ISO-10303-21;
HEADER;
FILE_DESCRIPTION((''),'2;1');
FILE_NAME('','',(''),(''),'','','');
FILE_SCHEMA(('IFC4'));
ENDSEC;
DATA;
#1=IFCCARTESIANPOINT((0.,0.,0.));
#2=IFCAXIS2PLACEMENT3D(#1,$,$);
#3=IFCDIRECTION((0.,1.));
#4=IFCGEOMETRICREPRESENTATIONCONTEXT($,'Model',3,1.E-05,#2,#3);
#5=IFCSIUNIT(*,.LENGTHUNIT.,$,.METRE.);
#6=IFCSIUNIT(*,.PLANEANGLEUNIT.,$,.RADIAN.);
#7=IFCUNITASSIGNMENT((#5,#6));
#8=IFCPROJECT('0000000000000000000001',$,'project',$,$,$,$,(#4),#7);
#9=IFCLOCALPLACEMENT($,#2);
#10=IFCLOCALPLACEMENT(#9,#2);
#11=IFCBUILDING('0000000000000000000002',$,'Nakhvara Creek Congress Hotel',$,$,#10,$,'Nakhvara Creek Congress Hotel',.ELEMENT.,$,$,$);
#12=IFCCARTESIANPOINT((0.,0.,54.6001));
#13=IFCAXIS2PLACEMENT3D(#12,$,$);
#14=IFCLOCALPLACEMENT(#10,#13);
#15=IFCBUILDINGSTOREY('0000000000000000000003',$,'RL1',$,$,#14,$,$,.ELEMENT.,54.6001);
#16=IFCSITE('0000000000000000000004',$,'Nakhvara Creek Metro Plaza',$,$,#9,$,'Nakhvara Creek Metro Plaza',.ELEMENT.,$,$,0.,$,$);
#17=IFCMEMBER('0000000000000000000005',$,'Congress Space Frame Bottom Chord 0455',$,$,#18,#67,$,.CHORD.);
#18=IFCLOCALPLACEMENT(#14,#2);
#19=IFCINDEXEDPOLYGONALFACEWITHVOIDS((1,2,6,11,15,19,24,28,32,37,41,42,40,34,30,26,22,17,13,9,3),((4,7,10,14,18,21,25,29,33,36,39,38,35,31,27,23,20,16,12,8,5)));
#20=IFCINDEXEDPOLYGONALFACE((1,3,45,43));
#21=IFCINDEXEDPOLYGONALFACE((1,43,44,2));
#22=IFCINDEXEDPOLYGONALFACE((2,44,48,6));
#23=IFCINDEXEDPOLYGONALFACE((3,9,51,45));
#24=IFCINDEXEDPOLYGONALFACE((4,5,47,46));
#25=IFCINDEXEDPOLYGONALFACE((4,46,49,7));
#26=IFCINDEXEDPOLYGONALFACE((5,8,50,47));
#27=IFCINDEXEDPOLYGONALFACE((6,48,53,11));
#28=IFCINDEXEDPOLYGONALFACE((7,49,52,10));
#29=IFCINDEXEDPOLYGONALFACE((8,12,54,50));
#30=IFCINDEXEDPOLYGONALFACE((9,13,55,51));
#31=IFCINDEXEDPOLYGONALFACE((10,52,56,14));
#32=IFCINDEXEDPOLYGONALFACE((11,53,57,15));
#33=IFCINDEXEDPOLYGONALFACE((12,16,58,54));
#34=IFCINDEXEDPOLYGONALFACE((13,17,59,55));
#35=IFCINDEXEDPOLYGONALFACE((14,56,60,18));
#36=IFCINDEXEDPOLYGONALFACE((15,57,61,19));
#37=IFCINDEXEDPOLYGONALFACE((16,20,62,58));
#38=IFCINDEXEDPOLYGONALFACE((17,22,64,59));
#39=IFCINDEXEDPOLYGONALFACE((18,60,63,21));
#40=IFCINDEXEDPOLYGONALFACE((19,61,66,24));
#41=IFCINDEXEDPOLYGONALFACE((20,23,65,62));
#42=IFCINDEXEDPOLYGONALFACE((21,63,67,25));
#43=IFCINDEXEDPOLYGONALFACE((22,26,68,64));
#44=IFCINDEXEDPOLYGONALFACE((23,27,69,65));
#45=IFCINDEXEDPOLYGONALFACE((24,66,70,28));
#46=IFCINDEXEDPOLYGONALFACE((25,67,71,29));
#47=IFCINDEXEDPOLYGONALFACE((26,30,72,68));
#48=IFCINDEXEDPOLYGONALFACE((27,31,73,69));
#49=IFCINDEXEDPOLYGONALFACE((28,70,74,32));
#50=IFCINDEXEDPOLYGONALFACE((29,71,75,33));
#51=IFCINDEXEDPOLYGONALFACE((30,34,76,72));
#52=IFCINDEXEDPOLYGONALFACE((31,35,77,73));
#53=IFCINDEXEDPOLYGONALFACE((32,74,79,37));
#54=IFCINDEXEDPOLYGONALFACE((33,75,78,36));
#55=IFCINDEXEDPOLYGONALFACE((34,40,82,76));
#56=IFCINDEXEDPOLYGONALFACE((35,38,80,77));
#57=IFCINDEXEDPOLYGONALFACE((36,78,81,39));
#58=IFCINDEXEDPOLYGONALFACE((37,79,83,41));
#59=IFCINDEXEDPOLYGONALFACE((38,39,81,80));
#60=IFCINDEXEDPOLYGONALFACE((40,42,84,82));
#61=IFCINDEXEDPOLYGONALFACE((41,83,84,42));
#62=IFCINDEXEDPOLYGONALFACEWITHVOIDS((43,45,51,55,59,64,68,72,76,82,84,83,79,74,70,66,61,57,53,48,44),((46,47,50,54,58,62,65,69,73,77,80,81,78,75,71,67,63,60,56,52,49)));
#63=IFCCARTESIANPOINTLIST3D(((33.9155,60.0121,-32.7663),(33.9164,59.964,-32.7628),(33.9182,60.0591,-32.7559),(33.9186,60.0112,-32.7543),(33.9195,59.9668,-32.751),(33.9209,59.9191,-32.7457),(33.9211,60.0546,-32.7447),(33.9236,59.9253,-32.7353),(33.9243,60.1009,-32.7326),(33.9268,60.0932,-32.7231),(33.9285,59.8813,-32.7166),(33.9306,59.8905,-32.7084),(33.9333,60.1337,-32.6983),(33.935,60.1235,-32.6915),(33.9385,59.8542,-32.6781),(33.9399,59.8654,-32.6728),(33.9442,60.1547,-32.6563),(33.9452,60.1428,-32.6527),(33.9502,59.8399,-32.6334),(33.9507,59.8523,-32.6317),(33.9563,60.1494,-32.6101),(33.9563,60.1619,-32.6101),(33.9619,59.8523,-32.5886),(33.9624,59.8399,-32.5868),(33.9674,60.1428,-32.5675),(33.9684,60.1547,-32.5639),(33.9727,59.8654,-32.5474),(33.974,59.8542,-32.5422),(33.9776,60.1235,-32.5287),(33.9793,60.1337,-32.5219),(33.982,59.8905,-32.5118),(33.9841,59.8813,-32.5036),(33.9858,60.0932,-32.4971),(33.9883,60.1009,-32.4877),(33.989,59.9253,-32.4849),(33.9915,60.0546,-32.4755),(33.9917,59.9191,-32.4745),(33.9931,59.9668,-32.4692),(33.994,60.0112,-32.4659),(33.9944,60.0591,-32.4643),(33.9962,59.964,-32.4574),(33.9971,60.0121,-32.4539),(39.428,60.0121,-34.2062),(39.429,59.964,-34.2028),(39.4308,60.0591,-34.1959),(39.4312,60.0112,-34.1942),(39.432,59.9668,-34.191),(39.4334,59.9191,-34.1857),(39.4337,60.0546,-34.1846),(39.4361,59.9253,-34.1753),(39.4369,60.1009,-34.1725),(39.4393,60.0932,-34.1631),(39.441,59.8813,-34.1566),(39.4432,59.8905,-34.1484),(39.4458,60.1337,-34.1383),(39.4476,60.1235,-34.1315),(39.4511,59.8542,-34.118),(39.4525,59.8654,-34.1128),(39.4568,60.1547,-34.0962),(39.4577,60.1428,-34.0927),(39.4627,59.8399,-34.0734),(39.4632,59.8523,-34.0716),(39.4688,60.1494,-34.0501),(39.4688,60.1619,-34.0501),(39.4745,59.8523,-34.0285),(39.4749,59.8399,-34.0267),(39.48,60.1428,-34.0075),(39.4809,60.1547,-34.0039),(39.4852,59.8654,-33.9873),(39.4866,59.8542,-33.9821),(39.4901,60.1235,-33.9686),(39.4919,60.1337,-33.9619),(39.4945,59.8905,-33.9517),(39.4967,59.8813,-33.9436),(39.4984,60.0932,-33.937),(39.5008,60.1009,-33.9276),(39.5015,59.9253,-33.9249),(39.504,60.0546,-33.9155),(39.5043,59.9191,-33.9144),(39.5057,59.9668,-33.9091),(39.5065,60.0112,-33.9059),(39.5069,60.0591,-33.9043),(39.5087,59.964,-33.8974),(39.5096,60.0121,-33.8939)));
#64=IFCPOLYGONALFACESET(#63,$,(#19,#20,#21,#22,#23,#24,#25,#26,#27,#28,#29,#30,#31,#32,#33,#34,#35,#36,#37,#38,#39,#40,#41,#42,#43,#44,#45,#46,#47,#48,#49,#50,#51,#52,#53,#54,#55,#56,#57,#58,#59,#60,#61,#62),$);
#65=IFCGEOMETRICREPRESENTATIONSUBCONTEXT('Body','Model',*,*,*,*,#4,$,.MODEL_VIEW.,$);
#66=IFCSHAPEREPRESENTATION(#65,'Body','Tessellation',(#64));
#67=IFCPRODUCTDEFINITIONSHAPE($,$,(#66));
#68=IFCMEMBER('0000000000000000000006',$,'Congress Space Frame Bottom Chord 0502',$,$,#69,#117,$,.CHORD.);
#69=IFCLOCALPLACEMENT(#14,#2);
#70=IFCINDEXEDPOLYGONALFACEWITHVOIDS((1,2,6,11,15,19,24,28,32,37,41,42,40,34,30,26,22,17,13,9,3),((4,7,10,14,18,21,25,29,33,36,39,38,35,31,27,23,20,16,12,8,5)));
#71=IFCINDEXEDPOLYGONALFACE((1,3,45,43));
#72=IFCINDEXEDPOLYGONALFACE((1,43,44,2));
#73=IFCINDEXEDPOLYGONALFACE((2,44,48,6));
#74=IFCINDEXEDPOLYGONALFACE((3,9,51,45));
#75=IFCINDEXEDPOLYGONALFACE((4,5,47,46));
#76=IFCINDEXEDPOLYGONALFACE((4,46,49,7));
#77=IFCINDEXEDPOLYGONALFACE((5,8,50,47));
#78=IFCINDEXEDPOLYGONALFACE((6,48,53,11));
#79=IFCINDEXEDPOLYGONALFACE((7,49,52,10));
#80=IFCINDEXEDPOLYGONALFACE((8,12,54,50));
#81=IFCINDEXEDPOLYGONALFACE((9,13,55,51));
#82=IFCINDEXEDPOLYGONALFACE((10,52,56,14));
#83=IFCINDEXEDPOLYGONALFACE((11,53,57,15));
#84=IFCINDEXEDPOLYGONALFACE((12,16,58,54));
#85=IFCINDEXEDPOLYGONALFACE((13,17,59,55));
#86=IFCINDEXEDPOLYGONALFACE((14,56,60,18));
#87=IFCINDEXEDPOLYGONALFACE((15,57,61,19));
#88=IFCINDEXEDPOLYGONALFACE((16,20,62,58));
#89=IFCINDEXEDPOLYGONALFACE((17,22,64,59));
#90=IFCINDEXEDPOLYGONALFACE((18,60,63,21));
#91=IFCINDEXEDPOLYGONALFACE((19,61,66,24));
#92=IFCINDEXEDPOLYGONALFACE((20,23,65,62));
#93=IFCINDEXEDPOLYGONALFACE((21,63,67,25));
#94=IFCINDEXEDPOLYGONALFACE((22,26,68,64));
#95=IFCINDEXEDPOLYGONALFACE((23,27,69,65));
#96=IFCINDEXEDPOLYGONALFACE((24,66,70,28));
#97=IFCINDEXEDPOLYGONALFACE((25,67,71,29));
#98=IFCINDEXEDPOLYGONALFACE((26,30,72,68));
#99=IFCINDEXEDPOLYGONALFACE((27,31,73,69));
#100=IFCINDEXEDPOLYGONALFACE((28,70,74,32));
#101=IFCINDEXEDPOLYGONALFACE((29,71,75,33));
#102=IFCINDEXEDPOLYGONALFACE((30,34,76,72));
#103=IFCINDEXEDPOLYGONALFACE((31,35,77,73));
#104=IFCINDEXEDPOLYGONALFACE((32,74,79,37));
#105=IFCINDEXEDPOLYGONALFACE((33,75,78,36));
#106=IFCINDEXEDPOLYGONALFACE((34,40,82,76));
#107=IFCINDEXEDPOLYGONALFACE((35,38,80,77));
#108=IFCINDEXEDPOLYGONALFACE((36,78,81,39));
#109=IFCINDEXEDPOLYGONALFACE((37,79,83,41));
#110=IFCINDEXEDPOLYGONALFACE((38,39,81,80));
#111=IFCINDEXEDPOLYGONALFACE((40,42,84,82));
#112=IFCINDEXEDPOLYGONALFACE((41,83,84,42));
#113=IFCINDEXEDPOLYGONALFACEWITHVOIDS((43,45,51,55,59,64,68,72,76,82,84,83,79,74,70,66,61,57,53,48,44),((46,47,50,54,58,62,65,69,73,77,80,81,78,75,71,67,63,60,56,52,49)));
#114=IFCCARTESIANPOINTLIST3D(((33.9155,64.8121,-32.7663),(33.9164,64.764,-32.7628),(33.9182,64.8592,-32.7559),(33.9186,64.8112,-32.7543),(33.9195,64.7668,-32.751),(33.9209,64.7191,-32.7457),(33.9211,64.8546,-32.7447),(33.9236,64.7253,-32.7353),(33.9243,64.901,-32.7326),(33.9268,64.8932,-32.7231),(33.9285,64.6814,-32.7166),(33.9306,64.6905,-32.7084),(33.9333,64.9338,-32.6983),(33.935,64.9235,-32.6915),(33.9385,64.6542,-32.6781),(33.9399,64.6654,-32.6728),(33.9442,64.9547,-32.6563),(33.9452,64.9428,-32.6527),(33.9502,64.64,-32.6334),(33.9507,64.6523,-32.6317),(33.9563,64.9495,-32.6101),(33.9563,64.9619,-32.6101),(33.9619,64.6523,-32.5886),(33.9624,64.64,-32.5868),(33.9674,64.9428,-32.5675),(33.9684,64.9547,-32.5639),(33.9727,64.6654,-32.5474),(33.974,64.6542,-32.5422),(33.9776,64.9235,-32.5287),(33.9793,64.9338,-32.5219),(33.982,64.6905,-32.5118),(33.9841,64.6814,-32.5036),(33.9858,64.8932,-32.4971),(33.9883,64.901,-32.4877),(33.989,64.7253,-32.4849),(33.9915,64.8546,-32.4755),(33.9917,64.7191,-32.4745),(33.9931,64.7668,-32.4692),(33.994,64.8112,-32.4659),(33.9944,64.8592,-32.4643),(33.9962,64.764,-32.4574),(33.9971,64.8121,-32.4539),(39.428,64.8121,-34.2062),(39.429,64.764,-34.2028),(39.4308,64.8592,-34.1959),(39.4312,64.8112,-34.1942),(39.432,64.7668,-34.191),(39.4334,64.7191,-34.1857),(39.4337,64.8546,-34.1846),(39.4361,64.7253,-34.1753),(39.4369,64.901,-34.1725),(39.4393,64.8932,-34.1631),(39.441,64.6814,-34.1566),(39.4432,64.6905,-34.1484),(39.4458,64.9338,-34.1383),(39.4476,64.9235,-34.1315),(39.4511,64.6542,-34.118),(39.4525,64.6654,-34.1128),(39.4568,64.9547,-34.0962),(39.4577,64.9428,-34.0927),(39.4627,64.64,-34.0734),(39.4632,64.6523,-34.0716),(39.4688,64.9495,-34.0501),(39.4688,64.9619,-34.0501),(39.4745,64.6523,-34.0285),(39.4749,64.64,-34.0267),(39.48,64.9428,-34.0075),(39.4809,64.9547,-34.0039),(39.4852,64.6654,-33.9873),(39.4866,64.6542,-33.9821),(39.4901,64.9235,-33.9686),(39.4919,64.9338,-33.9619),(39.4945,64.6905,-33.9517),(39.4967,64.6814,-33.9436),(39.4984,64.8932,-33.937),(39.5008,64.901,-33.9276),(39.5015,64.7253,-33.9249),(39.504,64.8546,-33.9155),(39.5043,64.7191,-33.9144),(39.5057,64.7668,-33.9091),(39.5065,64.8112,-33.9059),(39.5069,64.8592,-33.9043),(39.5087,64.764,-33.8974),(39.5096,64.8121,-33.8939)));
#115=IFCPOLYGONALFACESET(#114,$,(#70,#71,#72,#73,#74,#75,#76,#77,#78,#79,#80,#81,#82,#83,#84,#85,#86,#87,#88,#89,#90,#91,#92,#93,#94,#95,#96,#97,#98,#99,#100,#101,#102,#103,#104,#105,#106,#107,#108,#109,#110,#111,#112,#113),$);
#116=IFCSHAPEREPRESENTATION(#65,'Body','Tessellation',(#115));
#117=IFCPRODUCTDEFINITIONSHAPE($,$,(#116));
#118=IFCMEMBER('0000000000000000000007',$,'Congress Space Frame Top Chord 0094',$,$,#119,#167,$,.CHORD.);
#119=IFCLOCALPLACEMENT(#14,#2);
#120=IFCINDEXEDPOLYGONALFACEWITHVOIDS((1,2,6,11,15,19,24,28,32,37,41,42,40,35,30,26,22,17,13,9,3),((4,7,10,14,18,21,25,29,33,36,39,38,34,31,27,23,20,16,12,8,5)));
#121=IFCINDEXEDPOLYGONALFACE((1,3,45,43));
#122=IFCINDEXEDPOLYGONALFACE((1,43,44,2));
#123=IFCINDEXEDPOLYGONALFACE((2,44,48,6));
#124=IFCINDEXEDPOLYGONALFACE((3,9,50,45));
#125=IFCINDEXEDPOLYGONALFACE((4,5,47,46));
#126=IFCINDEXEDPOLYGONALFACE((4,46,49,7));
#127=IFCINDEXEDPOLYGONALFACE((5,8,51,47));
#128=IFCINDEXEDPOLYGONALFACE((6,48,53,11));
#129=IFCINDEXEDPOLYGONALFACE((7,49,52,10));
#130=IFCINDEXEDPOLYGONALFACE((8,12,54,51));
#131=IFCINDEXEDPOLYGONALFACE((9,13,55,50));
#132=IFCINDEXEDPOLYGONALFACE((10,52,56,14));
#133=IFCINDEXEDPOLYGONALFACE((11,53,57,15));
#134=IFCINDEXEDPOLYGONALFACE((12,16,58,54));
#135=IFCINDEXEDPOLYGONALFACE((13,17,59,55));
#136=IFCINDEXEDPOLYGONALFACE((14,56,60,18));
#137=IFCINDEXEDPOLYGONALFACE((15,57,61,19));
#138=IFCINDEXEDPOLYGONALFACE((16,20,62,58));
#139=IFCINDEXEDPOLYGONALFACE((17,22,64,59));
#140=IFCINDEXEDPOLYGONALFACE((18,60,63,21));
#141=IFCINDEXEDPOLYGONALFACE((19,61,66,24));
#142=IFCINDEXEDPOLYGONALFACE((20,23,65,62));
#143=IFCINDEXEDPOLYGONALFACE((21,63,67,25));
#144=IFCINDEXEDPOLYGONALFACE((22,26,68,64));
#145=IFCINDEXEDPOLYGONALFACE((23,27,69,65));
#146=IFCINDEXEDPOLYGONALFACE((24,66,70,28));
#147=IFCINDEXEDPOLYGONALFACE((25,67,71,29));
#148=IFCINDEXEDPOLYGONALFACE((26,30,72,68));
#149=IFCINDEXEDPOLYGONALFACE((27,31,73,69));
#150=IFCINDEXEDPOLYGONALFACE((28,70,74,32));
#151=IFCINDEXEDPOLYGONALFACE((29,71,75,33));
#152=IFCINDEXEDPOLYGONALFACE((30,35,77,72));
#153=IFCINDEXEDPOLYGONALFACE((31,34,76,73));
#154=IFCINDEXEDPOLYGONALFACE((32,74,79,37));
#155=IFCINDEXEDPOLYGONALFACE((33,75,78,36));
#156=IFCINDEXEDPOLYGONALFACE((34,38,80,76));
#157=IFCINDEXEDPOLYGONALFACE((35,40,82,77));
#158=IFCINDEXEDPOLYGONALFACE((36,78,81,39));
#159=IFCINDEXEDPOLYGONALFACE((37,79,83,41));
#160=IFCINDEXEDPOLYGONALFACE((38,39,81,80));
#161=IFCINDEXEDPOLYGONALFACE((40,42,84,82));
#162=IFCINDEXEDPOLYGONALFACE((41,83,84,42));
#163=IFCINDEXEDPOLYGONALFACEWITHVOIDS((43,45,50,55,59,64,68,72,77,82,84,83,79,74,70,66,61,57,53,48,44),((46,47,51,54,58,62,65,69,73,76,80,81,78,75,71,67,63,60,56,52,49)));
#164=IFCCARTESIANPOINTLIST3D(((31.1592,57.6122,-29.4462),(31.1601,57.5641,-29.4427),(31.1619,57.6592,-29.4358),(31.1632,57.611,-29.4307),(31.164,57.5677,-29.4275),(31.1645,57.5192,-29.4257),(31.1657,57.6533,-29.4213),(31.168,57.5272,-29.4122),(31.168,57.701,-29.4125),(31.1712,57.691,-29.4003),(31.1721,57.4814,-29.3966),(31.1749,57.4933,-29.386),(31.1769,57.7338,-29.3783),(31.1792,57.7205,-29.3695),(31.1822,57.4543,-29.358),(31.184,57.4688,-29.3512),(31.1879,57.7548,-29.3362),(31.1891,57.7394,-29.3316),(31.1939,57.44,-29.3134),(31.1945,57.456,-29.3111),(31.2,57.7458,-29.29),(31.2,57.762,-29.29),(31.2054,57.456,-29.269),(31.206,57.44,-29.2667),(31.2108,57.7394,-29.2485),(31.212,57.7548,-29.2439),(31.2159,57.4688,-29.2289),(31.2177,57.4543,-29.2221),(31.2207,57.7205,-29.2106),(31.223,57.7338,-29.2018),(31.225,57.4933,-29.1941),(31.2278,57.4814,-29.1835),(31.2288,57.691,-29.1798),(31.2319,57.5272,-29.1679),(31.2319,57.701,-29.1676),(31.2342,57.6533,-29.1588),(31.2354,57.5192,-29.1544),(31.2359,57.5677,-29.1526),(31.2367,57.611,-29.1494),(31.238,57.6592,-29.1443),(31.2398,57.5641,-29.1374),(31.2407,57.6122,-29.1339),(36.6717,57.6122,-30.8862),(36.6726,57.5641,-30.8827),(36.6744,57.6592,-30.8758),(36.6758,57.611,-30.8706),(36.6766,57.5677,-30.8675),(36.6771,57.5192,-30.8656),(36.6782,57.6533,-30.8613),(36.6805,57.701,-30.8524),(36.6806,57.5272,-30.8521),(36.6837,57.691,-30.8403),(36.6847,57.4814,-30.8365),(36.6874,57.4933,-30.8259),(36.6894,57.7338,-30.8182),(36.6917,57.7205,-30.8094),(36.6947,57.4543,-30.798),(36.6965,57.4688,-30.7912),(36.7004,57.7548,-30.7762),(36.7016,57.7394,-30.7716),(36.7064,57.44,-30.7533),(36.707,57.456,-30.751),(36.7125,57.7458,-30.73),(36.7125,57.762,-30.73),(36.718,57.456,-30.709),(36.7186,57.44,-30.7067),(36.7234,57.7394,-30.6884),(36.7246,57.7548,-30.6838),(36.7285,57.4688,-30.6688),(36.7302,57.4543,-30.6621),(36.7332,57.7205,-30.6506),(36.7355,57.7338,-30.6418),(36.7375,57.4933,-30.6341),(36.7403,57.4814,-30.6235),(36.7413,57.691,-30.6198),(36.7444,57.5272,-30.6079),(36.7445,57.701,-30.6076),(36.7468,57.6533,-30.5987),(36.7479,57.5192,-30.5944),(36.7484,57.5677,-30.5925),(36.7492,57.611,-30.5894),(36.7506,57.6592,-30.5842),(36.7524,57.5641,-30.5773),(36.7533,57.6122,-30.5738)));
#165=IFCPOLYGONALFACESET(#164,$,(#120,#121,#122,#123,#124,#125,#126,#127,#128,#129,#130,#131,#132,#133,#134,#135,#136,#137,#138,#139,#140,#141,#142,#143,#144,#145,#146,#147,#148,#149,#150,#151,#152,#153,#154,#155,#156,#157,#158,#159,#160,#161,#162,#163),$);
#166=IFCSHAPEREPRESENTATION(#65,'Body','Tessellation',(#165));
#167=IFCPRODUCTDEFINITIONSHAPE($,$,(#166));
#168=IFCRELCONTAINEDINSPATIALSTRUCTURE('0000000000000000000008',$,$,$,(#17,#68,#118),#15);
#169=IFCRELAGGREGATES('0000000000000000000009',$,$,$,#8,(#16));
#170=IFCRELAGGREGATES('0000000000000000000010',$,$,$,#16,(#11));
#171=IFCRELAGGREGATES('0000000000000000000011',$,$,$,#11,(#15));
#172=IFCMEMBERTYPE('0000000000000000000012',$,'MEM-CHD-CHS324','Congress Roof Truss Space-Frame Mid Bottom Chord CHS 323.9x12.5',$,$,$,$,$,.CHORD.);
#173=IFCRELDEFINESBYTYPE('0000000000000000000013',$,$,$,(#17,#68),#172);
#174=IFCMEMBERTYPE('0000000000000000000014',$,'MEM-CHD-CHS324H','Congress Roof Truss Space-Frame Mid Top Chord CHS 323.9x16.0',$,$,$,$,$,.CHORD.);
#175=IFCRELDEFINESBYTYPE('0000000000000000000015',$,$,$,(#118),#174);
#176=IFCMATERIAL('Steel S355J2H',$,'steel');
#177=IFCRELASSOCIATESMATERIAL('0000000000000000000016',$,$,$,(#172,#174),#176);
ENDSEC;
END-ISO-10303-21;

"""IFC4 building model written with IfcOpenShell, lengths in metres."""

from ifc_helpers import new_model, si_unit, direction, frame, origin, origin_2d, place, context, subcontext, project, spatial, hollow_circle, extrude, material, material_profile, profile_set, type_object, element, save


model = new_model("IFC4")

# Units and contexts
model_context = context("Model", 3, precision=1e-05, world=origin(), true_north=direction((0.0, 1.0)))
body_context = subcontext(model_context, "Body", "Model", "MODEL_VIEW")
ifc_project = project(units=[si_unit("LENGTHUNIT", "METRE"), si_unit("PLANEANGLEUNIT", "RADIAN")], contexts=[model_context])

# Site, building, storey
site_placement = place(None, origin())
site = spatial("IfcSite", under=ifc_project, at=site_placement, Name="Nakhvara Creek Metro Plaza", LongName="Nakhvara Creek Metro Plaza", CompositionType="ELEMENT", RefElevation=0.0)
building_placement = place(site_placement, origin())
building = spatial("IfcBuilding", under=site, at=building_placement, Name="Nakhvara Creek Congress Hotel", LongName="Nakhvara Creek Congress Hotel", CompositionType="ELEMENT")
storey_placement = place(building_placement, frame((0.0, 0.0, 54.6001)))
storey = spatial("IfcBuildingStorey", under=building, at=storey_placement, Name="RL1", CompositionType="ELEMENT", Elevation=54.6001)

# Members
ifc_material_1 = material(Name="Steel S355J2H", Category="steel")
ifc_material_profile_1 = material_profile(ifc_material_1, hollow_circle(Radius=0.1619, WallThickness=0.0125, at=origin_2d()), Name="CHS 323.9x12.5", Category="LoadBearing")
ifc_profile_set_1 = profile_set([ifc_material_profile_1], Name="Steel S355J2H")
member_type_1 = type_object("IfcMemberType", Name="MEM-CHD-CHS324", Description="Congress Roof Truss Space-Frame Mid Bottom Chord CHS 323.9x12.5", PredefinedType="CHORD", material=ifc_profile_set_1)
for number, where, z_axis, x_axis, name in (
    (1, (33.9563, 60.0, -32.6101), (0.967535, 0.0, -0.252736), (0.0, 1.0, 0.0), "Congress Space Frame Bottom Chord 0455"),
    (2, (33.9563, 64.8, -32.6101), (0.967535, 0.0, -0.252736), (0.0, 1.0, 0.0), "Congress Space Frame Bottom Chord 0502"),
):
    element("IfcMember", number, at=place(storey_placement, frame(where, z_axis=z_axis, x_axis=x_axis)), inside=storey, type_object=member_type_1, Name=name, PredefinedType="CHORD", context=body_context, shape_type="SweptSolid", body=[
        extrude(hollow_circle(Radius=0.1619, WallThickness=0.0125, at=origin_2d()), origin(), (0.0, 0.0, 1.0), 5.6975),
    ])
ifc_material_profile_2 = material_profile(ifc_material_1, hollow_circle(Radius=0.1619, WallThickness=0.0161, at=origin_2d()), Name="CHS 323.9x16.0", Category="LoadBearing")
ifc_profile_set_2 = profile_set([ifc_material_profile_2], Name="Steel S355J2H")
member_type_2 = type_object("IfcMemberType", Name="MEM-CHD-CHS324H", Description="Congress Roof Truss Space-Frame Mid Top Chord CHS 323.9x16.0", PredefinedType="CHORD", material=ifc_profile_set_2)
for number, where, z_axis, x_axis, name in (
    (3, (31.2, 57.6001, -29.29), (0.967535, 0.0, -0.252736), (0.0, 1.0, 0.0), "Congress Space Frame Top Chord 0094"),
):
    element("IfcMember", number, at=place(storey_placement, frame(where, z_axis=z_axis, x_axis=x_axis)), inside=storey, type_object=member_type_2, Name=name, PredefinedType="CHORD", context=body_context, shape_type="SweptSolid", body=[
        extrude(hollow_circle(Radius=0.1619, WallThickness=0.0161, at=origin_2d()), origin(), (0.0, 0.0, 1.0), 5.6975),
    ])

save(model, "model.ifc")
